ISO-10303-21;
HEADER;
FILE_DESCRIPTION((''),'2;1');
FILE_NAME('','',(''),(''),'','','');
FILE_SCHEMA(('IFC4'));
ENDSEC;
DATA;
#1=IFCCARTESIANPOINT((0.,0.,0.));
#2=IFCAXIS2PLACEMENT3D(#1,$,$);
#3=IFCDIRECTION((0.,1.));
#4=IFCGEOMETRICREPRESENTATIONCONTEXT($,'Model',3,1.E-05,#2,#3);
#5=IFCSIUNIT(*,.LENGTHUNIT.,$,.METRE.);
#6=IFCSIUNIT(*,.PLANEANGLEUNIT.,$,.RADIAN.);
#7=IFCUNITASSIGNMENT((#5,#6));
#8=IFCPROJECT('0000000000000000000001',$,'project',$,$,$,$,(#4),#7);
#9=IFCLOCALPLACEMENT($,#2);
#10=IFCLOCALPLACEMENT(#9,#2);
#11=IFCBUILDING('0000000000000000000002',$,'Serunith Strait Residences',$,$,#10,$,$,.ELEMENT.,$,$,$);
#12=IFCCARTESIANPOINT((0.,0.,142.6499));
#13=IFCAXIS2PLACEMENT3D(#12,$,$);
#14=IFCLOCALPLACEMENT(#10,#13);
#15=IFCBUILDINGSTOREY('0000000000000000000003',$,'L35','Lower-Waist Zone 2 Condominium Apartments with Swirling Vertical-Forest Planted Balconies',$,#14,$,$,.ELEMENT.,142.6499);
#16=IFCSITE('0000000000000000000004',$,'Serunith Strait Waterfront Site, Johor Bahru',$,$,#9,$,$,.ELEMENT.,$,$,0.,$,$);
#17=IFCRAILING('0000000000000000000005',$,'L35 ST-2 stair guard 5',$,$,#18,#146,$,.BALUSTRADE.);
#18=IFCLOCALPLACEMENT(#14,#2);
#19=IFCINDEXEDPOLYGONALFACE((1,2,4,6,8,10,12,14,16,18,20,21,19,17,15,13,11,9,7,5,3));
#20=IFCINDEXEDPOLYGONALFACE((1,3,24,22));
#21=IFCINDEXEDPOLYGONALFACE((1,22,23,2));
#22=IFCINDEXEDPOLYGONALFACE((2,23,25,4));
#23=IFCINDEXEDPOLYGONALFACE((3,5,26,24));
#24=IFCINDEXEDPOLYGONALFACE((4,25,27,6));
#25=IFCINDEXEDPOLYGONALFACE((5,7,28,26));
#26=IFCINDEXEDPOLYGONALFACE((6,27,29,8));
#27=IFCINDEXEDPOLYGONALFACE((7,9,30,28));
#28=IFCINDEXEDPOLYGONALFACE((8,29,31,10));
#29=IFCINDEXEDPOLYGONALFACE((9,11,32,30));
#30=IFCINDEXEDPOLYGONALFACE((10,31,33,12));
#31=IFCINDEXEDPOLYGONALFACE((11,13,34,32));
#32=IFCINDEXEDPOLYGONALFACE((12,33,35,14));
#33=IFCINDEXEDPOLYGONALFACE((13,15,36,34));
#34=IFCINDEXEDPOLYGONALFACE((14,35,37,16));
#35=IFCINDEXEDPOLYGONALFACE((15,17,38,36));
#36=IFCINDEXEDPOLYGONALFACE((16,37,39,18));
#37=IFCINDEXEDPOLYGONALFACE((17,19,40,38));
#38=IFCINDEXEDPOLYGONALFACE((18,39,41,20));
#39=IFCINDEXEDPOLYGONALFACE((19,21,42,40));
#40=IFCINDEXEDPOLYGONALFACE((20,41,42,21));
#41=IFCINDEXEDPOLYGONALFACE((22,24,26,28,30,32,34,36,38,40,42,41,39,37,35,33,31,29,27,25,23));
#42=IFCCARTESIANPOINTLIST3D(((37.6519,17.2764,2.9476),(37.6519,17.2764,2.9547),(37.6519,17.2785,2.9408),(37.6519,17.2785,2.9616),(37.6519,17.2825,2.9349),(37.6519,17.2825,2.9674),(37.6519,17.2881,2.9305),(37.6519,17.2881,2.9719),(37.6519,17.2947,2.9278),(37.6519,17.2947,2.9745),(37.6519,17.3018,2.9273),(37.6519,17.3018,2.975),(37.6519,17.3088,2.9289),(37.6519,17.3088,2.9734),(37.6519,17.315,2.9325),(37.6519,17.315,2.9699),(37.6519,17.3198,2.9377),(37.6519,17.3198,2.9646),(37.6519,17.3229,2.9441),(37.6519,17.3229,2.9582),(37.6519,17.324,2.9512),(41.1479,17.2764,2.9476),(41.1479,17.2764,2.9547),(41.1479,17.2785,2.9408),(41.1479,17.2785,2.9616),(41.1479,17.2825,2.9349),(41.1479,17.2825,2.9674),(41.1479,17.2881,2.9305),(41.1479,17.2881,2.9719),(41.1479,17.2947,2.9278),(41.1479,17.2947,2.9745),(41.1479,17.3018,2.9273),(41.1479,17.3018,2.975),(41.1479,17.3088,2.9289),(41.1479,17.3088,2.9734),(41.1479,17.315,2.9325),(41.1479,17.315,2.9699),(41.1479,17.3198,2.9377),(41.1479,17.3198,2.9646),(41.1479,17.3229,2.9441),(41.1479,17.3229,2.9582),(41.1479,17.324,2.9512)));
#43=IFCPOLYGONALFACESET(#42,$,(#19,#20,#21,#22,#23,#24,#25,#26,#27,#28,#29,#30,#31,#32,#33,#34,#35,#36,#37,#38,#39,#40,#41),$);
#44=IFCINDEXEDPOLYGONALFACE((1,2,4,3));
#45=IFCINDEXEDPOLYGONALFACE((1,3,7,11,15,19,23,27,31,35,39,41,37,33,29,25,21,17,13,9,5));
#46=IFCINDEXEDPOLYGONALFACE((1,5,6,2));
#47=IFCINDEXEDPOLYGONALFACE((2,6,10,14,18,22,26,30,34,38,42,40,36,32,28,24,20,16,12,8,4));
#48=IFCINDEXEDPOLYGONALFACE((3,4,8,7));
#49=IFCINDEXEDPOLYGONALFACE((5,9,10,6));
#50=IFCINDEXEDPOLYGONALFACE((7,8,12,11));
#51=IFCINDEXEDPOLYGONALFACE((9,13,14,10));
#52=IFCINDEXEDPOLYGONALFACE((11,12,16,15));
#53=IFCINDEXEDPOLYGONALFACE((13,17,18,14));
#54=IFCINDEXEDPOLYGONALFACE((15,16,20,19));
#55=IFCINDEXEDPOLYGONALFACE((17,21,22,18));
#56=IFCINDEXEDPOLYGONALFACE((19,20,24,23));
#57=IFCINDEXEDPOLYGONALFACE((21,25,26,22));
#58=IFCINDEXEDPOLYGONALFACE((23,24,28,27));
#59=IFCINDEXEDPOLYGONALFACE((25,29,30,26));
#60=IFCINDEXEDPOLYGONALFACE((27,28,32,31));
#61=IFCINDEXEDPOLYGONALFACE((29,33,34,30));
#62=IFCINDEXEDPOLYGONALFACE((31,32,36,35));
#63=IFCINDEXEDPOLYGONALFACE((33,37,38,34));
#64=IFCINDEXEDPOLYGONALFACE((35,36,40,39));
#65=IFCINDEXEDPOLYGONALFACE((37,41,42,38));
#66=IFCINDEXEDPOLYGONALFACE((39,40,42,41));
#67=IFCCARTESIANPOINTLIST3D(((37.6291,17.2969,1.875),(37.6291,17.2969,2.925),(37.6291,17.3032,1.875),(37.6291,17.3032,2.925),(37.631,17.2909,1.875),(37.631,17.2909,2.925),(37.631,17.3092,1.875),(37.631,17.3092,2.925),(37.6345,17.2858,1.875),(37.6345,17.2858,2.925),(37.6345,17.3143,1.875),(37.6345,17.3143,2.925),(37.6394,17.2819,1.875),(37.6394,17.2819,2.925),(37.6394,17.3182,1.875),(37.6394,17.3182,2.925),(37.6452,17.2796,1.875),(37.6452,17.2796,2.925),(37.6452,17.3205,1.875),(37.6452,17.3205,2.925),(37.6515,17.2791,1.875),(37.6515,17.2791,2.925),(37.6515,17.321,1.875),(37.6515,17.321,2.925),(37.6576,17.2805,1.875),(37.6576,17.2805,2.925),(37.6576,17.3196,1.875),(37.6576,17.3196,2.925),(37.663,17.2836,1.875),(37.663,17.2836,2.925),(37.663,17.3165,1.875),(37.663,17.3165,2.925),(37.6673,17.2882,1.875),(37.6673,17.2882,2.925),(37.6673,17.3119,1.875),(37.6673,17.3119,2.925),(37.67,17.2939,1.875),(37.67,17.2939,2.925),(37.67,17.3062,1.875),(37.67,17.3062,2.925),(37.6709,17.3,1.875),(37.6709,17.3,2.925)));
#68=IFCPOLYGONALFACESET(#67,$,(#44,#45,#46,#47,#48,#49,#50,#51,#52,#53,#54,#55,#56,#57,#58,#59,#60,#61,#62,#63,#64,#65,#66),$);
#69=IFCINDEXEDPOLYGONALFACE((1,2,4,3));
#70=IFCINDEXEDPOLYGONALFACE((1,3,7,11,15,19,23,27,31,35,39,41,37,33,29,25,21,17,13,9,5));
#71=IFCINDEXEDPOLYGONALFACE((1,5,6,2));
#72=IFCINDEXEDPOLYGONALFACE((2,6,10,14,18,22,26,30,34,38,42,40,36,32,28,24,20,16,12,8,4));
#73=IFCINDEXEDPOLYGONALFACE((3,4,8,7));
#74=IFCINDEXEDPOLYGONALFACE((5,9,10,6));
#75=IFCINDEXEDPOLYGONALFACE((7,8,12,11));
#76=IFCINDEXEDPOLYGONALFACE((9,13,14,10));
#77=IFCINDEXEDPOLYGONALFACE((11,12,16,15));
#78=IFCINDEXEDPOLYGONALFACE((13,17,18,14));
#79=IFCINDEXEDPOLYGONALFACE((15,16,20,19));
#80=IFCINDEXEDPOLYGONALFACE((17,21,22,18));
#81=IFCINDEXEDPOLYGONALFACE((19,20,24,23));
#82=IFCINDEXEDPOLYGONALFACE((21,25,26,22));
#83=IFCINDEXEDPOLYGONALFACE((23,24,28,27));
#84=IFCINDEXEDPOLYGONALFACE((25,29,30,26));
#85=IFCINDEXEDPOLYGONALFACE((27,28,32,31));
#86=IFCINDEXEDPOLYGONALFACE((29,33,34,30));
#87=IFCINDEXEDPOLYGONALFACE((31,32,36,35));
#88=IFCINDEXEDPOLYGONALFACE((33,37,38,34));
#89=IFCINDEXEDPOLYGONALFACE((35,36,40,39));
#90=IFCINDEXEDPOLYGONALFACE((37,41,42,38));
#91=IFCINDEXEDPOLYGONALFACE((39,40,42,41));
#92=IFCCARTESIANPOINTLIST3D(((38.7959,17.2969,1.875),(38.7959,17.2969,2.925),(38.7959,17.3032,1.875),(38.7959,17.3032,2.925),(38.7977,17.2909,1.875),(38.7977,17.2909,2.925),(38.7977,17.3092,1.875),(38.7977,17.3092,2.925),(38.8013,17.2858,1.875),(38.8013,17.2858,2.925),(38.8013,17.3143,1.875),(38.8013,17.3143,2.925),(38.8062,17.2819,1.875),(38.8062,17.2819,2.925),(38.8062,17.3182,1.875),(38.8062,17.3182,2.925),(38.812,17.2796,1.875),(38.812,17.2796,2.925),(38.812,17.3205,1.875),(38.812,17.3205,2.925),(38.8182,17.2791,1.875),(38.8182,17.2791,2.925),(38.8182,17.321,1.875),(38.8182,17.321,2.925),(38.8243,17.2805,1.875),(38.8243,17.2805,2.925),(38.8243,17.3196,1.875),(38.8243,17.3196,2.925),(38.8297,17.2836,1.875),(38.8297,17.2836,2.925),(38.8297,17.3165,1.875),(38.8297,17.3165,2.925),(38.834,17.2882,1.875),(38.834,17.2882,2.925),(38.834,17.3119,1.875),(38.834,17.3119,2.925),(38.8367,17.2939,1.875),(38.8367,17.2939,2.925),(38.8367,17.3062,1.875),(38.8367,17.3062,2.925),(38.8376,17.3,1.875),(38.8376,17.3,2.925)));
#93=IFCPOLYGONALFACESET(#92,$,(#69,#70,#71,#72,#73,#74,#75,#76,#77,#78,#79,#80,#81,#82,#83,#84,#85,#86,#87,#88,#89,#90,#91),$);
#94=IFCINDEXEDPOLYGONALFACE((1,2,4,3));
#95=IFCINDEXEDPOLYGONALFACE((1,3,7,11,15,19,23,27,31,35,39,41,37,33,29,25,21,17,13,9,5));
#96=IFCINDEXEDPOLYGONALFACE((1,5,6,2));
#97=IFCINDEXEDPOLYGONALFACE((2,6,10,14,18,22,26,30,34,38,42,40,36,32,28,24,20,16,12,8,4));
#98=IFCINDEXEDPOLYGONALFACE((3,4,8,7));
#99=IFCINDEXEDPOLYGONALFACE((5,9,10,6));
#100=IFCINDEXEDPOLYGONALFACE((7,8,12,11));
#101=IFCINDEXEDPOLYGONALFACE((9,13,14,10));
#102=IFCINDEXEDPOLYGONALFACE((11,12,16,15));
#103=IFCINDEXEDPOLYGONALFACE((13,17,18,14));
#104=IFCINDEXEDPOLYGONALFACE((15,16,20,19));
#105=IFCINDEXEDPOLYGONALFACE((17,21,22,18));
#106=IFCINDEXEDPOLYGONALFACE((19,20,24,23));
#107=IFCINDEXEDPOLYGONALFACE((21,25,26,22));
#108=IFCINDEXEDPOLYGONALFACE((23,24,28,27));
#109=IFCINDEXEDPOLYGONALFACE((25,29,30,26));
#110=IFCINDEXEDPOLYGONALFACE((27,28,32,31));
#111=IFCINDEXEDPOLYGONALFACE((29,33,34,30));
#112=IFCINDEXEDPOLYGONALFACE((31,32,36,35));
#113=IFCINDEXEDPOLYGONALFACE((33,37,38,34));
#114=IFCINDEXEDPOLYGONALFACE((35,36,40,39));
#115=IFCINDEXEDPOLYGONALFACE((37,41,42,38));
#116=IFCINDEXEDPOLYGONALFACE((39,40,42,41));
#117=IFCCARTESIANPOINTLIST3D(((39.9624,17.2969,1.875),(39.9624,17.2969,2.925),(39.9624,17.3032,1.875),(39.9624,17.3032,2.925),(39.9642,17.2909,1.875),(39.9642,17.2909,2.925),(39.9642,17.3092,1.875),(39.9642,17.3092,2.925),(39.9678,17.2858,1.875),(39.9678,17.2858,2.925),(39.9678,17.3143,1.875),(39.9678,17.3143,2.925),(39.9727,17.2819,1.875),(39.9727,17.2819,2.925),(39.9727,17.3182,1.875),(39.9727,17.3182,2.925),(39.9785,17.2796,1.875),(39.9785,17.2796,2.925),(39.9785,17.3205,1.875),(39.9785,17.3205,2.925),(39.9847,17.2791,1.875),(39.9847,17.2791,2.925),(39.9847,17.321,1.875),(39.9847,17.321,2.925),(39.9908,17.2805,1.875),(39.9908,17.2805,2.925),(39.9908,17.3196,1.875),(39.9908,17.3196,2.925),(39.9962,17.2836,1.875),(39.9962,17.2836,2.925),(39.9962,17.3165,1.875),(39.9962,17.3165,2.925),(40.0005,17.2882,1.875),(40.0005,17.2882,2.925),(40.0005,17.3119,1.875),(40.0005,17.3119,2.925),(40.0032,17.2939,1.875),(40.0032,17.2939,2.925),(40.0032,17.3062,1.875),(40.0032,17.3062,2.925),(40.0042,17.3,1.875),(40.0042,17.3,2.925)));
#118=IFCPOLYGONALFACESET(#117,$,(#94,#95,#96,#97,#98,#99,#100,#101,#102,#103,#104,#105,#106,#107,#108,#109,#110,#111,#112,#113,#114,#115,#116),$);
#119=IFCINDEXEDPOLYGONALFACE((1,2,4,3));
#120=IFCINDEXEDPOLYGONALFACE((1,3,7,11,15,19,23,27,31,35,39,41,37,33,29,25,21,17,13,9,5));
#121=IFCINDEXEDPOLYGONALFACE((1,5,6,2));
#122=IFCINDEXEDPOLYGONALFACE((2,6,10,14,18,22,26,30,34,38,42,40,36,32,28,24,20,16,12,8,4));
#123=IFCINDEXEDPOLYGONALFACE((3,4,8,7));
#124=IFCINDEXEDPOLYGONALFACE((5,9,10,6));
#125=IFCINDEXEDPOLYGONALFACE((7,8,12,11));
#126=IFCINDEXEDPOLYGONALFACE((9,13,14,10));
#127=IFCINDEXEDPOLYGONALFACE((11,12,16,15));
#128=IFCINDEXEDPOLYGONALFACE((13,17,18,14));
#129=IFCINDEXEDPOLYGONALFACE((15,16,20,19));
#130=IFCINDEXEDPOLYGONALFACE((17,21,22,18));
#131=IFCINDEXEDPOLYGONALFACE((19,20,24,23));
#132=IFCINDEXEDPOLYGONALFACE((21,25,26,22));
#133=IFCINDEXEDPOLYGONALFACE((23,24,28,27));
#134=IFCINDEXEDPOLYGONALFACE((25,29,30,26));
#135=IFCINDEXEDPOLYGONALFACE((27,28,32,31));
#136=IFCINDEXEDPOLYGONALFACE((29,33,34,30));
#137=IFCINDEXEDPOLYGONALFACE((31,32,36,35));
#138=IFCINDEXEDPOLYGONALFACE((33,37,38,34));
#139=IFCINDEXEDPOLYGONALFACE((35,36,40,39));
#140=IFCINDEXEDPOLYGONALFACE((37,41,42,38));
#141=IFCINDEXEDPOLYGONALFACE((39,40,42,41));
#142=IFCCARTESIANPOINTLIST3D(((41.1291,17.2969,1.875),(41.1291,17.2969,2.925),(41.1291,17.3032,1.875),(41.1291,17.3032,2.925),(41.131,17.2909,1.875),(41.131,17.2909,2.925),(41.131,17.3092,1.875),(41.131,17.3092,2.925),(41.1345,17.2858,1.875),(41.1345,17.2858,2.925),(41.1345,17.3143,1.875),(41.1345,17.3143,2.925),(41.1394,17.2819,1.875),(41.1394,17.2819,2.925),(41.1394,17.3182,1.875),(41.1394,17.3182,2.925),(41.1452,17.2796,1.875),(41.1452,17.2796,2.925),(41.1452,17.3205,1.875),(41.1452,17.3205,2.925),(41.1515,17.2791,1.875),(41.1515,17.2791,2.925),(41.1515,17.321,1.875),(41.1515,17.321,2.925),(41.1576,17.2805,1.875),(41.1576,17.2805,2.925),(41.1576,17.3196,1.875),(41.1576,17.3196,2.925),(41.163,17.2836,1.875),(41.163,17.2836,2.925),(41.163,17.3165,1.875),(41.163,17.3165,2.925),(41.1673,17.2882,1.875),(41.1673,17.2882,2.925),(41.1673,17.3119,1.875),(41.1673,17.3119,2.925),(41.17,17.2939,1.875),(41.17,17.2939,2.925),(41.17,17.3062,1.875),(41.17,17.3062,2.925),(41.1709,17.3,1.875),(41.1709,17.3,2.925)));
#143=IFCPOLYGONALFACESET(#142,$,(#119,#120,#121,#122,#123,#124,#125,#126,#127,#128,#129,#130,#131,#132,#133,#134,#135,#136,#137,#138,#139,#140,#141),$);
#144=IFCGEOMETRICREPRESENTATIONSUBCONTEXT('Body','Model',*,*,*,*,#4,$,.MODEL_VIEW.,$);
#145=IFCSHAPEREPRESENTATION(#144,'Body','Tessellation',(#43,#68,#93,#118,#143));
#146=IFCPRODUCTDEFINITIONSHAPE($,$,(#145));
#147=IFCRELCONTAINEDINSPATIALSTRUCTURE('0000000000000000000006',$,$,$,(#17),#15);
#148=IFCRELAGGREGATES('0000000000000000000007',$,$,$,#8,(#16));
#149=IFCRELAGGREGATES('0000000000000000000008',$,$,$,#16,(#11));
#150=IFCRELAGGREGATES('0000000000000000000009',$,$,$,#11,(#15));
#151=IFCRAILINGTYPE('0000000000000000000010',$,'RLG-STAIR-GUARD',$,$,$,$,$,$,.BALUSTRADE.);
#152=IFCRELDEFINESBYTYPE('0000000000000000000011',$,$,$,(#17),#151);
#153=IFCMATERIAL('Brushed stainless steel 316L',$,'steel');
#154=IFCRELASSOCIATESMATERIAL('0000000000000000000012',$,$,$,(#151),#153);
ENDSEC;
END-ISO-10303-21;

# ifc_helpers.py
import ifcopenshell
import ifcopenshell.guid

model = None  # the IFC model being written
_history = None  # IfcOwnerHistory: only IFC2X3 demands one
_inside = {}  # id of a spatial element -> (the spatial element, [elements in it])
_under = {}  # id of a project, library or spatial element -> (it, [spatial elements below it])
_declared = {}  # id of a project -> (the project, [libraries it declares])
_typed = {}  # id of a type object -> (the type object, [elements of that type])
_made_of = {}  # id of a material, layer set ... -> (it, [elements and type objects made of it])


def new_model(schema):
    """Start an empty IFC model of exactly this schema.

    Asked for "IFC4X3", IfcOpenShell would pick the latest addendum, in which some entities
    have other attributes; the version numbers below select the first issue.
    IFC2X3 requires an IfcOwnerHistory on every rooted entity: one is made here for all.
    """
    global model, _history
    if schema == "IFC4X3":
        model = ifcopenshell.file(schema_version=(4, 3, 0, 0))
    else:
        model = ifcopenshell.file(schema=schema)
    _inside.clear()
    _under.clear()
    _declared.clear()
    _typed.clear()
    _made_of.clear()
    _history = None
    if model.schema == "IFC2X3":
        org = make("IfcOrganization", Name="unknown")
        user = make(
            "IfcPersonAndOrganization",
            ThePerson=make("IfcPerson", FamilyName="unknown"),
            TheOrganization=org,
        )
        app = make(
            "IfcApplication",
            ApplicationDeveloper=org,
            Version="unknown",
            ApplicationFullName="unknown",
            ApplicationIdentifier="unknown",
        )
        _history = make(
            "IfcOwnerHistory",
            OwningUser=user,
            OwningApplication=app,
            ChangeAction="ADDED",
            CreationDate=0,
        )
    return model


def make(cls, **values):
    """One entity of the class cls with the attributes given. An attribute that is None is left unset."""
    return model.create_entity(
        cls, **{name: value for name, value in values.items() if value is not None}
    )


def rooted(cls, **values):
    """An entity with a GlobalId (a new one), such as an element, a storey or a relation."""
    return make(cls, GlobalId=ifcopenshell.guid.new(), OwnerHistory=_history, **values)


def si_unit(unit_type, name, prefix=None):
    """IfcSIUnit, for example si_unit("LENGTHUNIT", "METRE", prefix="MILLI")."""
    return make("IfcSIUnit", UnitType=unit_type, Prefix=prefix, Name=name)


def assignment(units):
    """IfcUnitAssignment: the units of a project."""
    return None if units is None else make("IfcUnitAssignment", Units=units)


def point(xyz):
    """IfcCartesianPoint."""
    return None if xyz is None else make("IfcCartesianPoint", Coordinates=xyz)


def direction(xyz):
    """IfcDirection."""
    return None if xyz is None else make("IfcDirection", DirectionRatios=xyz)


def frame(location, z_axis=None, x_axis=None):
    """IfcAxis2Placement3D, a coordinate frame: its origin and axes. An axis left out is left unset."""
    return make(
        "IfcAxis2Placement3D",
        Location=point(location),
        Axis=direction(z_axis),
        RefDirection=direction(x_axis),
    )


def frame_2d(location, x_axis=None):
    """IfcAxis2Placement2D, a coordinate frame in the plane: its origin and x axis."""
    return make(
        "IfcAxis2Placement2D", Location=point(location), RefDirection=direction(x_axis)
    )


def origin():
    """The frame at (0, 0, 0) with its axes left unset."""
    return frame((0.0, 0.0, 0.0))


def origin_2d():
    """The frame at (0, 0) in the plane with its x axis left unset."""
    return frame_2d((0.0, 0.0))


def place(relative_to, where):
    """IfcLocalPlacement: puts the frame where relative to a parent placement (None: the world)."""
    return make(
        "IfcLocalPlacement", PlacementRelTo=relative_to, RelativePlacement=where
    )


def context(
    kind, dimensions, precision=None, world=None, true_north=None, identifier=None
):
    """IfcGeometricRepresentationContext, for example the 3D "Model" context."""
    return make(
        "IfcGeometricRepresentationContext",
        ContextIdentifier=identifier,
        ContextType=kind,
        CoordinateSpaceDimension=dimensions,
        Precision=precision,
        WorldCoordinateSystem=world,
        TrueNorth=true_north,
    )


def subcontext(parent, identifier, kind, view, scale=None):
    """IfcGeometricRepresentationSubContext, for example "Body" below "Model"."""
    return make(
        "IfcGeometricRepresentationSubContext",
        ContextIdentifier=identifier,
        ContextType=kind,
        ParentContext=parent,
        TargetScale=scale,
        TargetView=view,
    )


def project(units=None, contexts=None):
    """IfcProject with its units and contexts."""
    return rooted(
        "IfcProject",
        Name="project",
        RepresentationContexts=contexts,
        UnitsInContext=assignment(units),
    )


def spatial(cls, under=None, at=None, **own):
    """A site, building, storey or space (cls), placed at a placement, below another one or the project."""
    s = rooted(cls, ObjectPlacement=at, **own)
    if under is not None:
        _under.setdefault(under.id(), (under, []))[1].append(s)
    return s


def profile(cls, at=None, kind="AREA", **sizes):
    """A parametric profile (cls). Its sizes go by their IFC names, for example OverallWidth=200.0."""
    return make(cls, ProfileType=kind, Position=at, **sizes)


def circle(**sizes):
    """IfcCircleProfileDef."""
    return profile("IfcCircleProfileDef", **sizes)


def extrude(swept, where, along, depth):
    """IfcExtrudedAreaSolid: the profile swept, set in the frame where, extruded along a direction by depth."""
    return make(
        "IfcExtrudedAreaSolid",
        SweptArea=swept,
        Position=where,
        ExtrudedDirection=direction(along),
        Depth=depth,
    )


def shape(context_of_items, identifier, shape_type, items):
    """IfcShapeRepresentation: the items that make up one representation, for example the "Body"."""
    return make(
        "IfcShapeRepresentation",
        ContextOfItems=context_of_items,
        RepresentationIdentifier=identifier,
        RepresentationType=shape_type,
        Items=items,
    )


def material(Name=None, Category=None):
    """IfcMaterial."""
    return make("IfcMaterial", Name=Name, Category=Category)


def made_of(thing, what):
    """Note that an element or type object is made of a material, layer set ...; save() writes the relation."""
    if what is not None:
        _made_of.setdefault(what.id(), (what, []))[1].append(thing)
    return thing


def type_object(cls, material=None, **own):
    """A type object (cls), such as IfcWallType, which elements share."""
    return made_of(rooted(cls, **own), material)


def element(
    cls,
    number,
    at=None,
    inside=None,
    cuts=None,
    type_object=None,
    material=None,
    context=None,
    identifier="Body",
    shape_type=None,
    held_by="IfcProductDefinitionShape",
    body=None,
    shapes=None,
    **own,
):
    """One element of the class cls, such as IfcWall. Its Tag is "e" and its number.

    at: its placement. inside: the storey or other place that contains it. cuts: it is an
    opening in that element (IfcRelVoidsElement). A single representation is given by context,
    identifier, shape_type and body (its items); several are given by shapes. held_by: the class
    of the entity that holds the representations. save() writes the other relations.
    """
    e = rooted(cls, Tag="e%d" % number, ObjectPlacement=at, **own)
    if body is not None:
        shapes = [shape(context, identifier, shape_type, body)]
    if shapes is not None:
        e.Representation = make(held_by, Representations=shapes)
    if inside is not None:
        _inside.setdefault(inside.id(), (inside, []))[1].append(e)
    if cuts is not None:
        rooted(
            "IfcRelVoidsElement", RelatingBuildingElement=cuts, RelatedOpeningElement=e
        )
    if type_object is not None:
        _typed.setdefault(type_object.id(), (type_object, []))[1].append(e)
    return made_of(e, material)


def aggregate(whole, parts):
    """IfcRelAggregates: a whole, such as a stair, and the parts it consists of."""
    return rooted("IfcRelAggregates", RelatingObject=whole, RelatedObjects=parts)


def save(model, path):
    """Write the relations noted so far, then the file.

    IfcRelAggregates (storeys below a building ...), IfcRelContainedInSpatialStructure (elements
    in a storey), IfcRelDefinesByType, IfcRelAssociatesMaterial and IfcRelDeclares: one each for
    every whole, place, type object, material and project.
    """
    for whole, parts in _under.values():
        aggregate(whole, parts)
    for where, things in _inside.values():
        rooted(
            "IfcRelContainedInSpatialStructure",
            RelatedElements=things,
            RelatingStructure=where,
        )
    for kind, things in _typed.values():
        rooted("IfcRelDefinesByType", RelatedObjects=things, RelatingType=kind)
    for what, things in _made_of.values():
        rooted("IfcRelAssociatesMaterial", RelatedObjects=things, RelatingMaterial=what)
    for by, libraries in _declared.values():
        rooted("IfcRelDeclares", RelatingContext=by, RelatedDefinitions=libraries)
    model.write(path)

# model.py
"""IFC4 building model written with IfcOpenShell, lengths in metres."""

from ifc_helpers import new_model, si_unit, direction, frame, origin, origin_2d, place, context, subcontext, project, spatial, circle, extrude, material, type_object, element, save


model = new_model("IFC4")

# Units and contexts
model_context = context("Model", 3, precision=1e-05, world=origin(), true_north=direction((0.0, 1.0)))
body_context = subcontext(model_context, "Body", "Model", "MODEL_VIEW")
ifc_project = project(units=[si_unit("LENGTHUNIT", "METRE"), si_unit("PLANEANGLEUNIT", "RADIAN")], contexts=[model_context])

# Site, building, storey
site_placement = place(None, origin())
site = spatial("IfcSite", under=ifc_project, at=site_placement, Name="Serunith Strait Waterfront Site, Johor Bahru", CompositionType="ELEMENT", RefElevation=0.0)
building_placement = place(site_placement, origin())
building = spatial("IfcBuilding", under=site, at=building_placement, Name="Serunith Strait Residences", CompositionType="ELEMENT")
storey_placement = place(building_placement, frame((0.0, 0.0, 142.6499)))
storey = spatial("IfcBuildingStorey", under=building, at=storey_placement, Name="L35", Description="Lower-Waist Zone 2 Condominium Apartments with Swirling Vertical-Forest Planted Balconies", CompositionType="ELEMENT", Elevation=142.6499)

# Railing
ifc_material_1 = material(Name="Brushed stainless steel 316L", Category="steel")
railing_type_1 = type_object("IfcRailingType", Name="RLG-STAIR-GUARD", PredefinedType="BALUSTRADE", material=ifc_material_1)
railing_1_placement = place(storey_placement, frame((37.6499, 17.3, 1.875)))
element("IfcRailing", 1, at=railing_1_placement, inside=storey, type_object=railing_type_1, Name="L35 ST-2 stair guard 5", PredefinedType="BALUSTRADE", context=body_context, shape_type="SweptSolid", body=[
    extrude(circle(Radius=0.0239, at=origin_2d()), frame((0.002, 0.0, 1.0762), z_axis=(1.0, 0.0, 0.0), x_axis=(0.0, 1.0, 0.0)), (0.0, 0.0, 1.0), 3.4961),
    extrude(circle(Radius=0.021, at=origin_2d()), origin(), (0.0, 0.0, 1.0), 1.05),
    extrude(circle(Radius=0.021, at=origin_2d()), frame((1.1667, 0.0, 0.0)), (0.0, 0.0, 1.0), 1.05),
    extrude(circle(Radius=0.021, at=origin_2d()), frame((2.3333, 0.0, 0.0)), (0.0, 0.0, 1.0), 1.05),
    extrude(circle(Radius=0.021, at=origin_2d()), frame((3.5, 0.0, 0.0)), (0.0, 0.0, 1.0), 1.05),
])

save(model, "model.ifc")
